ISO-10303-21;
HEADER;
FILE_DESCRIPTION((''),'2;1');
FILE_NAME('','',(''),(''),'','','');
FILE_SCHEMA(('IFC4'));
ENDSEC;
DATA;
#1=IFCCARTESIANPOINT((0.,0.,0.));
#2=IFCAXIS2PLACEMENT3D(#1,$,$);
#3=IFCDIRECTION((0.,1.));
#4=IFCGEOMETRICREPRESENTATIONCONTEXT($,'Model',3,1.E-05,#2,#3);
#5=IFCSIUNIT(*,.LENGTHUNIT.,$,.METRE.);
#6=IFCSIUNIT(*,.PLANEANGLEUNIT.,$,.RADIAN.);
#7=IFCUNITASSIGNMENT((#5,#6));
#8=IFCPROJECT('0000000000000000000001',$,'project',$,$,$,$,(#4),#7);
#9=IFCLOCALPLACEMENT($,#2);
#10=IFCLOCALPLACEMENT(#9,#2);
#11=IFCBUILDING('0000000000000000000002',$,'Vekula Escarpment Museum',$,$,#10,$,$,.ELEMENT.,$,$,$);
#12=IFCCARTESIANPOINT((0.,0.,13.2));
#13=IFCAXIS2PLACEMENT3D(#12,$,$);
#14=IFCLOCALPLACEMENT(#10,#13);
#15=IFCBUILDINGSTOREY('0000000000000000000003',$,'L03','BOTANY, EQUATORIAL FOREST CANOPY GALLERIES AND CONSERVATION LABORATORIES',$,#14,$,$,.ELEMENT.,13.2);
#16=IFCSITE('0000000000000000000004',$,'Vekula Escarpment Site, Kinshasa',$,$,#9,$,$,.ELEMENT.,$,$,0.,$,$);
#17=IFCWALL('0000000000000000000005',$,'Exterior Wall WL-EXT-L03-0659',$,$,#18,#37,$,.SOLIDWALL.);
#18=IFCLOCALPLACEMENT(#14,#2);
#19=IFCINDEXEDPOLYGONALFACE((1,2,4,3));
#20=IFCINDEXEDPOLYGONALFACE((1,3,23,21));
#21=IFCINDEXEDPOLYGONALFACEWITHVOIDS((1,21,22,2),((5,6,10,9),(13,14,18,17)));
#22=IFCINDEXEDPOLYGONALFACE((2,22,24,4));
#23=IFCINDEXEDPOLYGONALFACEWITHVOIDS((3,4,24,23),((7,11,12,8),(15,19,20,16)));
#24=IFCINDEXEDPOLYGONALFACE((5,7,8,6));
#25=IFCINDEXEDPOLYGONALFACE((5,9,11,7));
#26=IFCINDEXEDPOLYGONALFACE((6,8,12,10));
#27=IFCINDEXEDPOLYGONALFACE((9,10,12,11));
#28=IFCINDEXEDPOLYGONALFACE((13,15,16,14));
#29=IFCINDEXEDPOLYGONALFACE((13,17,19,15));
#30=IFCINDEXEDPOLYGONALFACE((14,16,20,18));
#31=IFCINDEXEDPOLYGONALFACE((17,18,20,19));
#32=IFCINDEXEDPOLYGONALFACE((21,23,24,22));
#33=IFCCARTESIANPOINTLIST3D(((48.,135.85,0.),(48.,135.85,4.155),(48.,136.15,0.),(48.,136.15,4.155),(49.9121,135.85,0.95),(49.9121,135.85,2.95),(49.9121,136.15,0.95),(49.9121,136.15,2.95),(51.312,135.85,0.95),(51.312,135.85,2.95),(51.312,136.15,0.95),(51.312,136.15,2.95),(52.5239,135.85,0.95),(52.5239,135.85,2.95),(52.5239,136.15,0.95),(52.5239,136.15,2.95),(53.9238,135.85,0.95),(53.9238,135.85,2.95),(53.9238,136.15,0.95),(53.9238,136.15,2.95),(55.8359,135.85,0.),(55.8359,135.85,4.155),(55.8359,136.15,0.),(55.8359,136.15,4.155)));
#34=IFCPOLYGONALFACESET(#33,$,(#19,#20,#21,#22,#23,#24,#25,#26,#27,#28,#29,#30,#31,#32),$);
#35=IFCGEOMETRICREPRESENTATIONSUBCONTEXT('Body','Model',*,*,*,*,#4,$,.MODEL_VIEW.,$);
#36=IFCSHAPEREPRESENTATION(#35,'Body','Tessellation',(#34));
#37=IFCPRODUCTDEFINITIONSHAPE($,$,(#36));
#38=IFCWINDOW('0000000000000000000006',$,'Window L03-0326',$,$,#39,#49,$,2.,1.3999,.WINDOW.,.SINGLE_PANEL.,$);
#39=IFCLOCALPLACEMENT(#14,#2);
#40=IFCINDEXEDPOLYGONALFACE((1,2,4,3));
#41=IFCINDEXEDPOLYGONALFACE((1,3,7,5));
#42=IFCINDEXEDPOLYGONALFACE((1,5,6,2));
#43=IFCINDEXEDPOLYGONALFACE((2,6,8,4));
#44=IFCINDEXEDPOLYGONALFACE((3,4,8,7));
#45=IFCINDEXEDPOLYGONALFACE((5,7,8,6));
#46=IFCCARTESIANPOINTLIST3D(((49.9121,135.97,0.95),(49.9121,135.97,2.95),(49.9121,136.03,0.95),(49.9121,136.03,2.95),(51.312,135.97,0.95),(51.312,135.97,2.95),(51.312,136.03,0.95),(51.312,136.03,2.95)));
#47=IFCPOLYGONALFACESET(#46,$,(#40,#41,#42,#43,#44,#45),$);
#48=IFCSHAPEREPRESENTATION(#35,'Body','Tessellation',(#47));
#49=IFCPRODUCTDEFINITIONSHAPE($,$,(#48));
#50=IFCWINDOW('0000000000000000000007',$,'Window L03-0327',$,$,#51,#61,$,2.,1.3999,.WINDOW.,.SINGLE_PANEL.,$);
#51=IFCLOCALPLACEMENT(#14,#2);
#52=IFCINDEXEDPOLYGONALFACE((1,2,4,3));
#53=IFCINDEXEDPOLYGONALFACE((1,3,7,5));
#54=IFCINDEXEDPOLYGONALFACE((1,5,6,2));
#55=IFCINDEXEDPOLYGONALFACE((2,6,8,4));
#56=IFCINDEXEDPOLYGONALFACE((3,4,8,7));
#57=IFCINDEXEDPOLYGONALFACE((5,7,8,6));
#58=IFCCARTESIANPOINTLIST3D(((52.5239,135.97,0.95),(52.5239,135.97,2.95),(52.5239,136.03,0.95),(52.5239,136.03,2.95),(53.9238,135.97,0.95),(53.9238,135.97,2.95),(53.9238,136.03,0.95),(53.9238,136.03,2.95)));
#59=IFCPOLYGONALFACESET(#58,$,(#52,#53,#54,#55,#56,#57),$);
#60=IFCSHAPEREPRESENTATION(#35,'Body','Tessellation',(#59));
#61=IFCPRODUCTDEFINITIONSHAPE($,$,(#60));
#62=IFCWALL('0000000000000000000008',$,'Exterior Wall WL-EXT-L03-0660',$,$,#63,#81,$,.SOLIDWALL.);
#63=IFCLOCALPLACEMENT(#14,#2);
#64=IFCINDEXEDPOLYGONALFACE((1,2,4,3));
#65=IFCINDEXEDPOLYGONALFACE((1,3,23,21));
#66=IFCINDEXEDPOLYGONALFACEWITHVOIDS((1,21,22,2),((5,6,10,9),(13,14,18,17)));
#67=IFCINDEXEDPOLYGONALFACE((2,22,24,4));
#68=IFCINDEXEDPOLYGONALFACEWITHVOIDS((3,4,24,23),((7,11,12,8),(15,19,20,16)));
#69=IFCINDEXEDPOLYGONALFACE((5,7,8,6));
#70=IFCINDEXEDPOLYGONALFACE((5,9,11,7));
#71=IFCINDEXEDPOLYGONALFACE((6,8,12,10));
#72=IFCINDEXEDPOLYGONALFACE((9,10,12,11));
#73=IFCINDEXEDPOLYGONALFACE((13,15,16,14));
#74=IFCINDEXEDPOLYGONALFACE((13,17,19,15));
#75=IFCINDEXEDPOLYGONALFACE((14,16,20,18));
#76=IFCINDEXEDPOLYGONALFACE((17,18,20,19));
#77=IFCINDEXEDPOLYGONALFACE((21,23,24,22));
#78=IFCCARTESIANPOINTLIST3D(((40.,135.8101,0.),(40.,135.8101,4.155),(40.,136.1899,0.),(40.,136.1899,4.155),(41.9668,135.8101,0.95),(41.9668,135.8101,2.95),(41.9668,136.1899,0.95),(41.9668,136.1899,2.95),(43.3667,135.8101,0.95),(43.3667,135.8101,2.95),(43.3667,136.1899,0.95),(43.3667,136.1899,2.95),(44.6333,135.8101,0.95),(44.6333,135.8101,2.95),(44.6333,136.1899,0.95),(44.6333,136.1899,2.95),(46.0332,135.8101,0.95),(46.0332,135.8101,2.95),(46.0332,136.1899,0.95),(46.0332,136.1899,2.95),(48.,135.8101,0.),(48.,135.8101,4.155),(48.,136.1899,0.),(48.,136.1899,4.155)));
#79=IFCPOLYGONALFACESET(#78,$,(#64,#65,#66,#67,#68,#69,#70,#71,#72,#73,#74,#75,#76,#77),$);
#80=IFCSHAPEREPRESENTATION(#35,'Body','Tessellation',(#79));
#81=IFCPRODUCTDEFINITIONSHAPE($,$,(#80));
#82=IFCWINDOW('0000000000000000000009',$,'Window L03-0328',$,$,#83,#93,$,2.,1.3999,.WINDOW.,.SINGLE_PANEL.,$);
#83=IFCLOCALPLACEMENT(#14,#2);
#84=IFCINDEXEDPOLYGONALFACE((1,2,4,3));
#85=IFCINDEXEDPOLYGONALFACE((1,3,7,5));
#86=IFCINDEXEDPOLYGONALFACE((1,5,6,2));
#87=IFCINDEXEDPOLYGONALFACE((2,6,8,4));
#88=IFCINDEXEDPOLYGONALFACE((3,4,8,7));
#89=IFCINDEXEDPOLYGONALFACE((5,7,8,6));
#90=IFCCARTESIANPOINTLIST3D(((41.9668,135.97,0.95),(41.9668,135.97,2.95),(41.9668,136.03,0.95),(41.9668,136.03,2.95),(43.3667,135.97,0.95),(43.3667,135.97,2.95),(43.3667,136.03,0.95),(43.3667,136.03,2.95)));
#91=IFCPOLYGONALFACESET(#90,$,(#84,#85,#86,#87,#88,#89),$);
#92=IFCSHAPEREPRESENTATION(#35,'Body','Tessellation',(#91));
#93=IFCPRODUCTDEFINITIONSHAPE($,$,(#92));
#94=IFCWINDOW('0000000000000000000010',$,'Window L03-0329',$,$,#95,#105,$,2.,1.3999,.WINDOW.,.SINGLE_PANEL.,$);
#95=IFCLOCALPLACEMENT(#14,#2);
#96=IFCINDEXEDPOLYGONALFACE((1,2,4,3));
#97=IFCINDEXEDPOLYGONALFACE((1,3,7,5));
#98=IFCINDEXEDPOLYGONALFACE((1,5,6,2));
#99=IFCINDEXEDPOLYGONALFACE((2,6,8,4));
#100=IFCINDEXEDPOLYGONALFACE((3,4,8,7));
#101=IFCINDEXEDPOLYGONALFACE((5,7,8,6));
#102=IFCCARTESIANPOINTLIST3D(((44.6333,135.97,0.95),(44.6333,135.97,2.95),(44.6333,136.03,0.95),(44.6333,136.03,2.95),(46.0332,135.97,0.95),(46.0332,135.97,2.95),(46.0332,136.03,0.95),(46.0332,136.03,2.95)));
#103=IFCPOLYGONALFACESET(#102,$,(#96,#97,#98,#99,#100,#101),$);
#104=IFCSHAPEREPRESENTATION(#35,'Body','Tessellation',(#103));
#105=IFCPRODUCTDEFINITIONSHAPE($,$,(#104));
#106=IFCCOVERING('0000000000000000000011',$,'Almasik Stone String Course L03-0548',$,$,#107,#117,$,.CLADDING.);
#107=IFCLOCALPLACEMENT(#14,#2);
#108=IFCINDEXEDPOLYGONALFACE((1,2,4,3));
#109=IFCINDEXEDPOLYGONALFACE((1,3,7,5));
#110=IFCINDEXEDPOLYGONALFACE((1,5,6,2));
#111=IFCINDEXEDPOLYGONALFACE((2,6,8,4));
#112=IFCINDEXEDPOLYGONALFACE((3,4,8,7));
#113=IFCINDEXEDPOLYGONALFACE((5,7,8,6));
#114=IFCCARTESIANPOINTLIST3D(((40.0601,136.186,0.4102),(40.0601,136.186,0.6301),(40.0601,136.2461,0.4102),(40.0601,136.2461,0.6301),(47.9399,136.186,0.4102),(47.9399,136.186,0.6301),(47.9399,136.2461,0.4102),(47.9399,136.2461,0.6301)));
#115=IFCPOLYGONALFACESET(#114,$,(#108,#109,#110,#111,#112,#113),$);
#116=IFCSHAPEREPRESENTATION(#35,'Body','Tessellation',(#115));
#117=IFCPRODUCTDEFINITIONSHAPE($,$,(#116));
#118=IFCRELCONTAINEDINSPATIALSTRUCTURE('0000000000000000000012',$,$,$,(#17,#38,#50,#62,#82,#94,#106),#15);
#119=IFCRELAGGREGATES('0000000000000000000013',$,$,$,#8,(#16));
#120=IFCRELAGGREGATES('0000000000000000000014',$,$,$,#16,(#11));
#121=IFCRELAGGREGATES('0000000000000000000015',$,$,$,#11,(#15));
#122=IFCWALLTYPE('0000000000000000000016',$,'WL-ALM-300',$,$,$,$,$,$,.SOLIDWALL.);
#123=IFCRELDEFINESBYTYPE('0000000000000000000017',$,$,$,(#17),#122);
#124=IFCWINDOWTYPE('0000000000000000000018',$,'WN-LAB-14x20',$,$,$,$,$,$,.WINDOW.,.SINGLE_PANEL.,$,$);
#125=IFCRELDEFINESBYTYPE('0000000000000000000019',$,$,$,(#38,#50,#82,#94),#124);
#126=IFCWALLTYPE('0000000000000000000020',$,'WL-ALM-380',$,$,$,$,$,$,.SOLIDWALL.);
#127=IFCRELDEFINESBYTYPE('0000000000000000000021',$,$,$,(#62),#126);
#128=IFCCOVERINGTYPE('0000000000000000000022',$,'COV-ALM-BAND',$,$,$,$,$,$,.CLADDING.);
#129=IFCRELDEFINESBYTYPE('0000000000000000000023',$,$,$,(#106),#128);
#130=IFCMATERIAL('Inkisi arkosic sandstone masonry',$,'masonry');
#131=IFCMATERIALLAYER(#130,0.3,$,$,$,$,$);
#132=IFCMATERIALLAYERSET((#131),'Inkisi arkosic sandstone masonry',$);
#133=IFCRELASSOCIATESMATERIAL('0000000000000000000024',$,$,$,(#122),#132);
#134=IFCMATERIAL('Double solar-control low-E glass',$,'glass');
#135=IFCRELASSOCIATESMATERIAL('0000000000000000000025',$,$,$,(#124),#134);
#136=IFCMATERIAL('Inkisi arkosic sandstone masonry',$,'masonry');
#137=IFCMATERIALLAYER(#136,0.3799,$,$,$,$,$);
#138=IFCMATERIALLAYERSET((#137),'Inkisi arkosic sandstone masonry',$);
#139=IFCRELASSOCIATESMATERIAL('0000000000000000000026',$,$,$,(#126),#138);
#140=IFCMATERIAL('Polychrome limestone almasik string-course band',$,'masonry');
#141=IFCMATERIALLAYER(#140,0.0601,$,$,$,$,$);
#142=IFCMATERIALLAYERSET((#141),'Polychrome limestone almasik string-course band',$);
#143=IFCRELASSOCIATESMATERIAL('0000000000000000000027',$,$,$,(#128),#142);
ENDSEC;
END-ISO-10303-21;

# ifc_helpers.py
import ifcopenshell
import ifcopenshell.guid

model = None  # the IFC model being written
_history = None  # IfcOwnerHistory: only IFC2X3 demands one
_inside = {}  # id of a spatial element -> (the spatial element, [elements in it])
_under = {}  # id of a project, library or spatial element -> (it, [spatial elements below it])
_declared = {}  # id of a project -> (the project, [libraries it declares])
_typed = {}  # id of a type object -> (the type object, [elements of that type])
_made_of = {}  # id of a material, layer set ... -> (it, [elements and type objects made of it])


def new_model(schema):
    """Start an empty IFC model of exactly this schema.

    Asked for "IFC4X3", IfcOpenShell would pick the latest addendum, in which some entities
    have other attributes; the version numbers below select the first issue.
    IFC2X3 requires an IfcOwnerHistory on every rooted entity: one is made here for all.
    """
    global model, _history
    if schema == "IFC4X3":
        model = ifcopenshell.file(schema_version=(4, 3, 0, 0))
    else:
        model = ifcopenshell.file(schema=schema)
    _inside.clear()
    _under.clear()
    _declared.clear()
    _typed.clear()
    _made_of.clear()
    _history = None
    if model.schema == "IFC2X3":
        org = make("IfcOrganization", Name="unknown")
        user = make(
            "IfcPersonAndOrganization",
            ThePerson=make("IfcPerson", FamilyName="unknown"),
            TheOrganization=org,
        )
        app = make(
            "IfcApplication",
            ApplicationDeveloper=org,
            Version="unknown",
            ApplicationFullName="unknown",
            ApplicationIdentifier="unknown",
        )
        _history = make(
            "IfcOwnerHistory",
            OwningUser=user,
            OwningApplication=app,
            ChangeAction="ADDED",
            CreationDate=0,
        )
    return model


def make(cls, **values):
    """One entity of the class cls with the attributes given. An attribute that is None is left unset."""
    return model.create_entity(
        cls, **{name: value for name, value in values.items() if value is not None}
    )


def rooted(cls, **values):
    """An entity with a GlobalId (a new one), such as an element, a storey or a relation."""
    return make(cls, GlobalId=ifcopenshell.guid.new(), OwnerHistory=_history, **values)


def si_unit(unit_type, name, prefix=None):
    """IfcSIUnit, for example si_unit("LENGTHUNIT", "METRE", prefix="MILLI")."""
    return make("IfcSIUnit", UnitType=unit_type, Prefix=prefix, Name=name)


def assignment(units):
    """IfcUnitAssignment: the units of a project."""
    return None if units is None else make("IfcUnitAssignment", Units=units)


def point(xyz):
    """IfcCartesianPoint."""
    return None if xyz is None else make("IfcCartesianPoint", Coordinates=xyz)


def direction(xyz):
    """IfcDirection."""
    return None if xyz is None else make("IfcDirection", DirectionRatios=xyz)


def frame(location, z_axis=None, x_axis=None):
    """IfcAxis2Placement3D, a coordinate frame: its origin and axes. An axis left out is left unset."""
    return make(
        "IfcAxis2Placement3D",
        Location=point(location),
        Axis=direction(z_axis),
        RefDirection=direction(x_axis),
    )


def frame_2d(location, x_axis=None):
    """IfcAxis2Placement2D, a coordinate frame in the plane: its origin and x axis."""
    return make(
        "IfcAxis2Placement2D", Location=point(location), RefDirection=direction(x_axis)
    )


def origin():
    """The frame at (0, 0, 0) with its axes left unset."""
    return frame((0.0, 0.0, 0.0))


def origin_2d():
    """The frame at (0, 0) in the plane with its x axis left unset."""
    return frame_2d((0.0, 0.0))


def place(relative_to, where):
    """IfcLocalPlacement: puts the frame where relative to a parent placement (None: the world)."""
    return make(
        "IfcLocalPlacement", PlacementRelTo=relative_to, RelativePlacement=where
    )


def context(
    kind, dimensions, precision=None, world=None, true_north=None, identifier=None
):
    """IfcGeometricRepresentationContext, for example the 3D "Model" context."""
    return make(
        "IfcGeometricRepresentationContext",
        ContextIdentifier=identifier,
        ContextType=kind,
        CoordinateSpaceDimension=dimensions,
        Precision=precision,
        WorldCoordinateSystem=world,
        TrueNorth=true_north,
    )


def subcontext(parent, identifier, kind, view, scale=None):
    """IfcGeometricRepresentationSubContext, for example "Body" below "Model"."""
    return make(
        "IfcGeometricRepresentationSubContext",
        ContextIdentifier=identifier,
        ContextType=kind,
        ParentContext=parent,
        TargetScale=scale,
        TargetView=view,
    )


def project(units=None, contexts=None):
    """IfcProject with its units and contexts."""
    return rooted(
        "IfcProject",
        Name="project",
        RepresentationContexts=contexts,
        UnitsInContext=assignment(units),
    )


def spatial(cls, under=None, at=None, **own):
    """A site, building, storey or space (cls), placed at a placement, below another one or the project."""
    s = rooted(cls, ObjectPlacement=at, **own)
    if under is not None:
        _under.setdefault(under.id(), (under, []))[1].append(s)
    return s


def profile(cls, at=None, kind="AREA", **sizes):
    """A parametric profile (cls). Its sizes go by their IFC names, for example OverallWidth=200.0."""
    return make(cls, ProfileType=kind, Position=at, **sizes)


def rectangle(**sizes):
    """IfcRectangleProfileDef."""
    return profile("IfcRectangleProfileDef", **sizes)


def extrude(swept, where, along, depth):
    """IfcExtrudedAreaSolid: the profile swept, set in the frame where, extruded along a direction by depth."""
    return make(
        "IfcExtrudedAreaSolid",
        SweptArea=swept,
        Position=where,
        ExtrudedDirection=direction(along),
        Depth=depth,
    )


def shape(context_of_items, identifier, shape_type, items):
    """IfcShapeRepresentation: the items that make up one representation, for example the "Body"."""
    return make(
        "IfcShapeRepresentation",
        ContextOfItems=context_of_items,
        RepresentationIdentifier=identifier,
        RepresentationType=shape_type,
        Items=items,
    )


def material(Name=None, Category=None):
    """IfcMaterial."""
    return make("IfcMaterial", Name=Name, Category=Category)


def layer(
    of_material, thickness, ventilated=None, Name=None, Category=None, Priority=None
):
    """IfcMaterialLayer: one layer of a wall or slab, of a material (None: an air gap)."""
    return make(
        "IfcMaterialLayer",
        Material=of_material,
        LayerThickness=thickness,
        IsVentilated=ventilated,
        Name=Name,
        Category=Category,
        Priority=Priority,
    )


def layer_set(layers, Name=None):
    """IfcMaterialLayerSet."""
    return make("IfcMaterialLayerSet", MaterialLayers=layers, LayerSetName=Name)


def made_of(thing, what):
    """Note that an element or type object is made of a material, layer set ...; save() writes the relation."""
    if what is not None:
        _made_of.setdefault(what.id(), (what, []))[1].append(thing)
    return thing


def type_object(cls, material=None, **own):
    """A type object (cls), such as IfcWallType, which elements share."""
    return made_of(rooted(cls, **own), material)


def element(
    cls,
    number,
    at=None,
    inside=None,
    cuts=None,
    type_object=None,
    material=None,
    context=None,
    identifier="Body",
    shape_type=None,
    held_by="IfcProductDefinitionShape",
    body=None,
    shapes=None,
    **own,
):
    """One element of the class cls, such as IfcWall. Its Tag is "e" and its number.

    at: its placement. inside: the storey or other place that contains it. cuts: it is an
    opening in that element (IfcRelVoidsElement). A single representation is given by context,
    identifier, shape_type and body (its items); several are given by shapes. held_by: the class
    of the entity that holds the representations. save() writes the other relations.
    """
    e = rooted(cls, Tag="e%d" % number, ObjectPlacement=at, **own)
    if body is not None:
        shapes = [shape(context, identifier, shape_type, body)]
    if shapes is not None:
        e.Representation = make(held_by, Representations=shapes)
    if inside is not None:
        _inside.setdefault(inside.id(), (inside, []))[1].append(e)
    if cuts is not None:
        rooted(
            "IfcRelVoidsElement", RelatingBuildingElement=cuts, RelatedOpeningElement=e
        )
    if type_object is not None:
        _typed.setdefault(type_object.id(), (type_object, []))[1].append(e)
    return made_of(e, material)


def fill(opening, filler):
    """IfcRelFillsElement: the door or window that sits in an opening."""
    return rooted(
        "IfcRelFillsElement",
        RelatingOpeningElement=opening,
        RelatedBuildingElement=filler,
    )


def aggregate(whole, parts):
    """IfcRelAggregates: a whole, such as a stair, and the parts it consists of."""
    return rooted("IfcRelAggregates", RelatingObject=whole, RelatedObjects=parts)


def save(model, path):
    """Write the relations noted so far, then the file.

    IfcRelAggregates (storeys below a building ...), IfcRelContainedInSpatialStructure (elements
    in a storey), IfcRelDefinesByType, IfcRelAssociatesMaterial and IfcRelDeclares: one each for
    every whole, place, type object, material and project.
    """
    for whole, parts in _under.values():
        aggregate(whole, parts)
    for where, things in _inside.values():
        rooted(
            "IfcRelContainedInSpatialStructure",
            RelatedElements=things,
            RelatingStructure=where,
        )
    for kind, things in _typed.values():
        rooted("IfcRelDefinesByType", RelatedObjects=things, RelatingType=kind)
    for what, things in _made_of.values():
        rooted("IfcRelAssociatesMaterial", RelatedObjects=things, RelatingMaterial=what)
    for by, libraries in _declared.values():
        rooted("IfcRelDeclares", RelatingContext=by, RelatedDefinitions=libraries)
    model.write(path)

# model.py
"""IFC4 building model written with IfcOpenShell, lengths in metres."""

from ifc_helpers import new_model, si_unit, direction, frame, frame_2d, origin, origin_2d, place, context, subcontext, project, spatial, rectangle, extrude, material, layer, layer_set, type_object, element, fill, save


model = new_model("IFC4")

# Units and contexts
model_context = context("Model", 3, precision=1e-05, world=origin(), true_north=direction((0.0, 1.0)))
body_context = subcontext(model_context, "Body", "Model", "MODEL_VIEW")
ifc_project = project(units=[si_unit("LENGTHUNIT", "METRE"), si_unit("PLANEANGLEUNIT", "RADIAN")], contexts=[model_context])

# Site, building, storey
site_placement = place(None, origin())
site = spatial("IfcSite", under=ifc_project, at=site_placement, Name="Vekula Escarpment Site, Kinshasa", CompositionType="ELEMENT", RefElevation=0.0)
building_placement = place(site_placement, origin())
building = spatial("IfcBuilding", under=site, at=building_placement, Name="Vekula Escarpment Museum", CompositionType="ELEMENT")
storey_placement = place(building_placement, frame((0.0, 0.0, 13.2)))
storey = spatial("IfcBuildingStorey", under=building, at=storey_placement, Name="L03", Description="BOTANY, EQUATORIAL FOREST CANOPY GALLERIES AND CONSERVATION LABORATORIES", CompositionType="ELEMENT", Elevation=13.2)

# Walls, openings, windows
ifc_material_1 = material(Name="Inkisi arkosic sandstone masonry", Category="masonry")
ifc_layer_1 = layer(ifc_material_1, 0.3)
ifc_layer_set_1 = layer_set([ifc_layer_1], Name="Inkisi arkosic sandstone masonry")
wall_type_1 = type_object("IfcWallType", Name="WL-ALM-300", PredefinedType="SOLIDWALL", material=ifc_layer_set_1)
wall_1_placement = place(storey_placement, frame((48.0, 136.0, 0.0), z_axis=(0.0, 0.0, 1.0), x_axis=(1.0, 0.0, 0.0)))
wall_1 = element("IfcWall", 1, at=wall_1_placement, inside=storey, type_object=wall_type_1, Name="Exterior Wall WL-EXT-L03-0659", PredefinedType="SOLIDWALL", context=body_context, shape_type="SweptSolid", body=[
    extrude(rectangle(XDim=7.8359, YDim=0.3, at=frame_2d((3.918, 0.0))), origin(), (0.0, 0.0, 1.0), 4.155),
])
opening_1_placement = place(wall_1_placement, frame((1.9121, 0.0, 0.95)))
opening_1 = element("IfcOpeningElement", 2, at=opening_1_placement, cuts=wall_1, PredefinedType="OPENING", context=body_context, shape_type="SweptSolid", body=[
    extrude(rectangle(XDim=1.3999, YDim=2.0, at=frame_2d((0.7, 1.0))), frame((0.0, 0.1599, 0.0), z_axis=(0.0, -1.0, 0.0), x_axis=(1.0, 0.0, 0.0)), (0.0, 0.0, 1.0), 0.3201),
])
opening_2_placement = place(wall_1_placement, frame((4.5239, 0.0, 0.95)))
opening_2 = element("IfcOpeningElement", 3, at=opening_2_placement, cuts=wall_1, PredefinedType="OPENING", context=body_context, shape_type="SweptSolid", body=[
    extrude(rectangle(XDim=1.3999, YDim=2.0, at=frame_2d((0.7, 1.0))), frame((0.0, 0.1599, 0.0), z_axis=(0.0, -1.0, 0.0), x_axis=(1.0, 0.0, 0.0)), (0.0, 0.0, 1.0), 0.3201),
])
ifc_material_2 = material(Name="Double solar-control low-E glass", Category="glass")
window_type = type_object("IfcWindowType", Name="WN-LAB-14x20", PartitioningType="SINGLE_PANEL", PredefinedType="WINDOW", material=ifc_material_2)
window_1_placement = place(opening_1_placement, origin())
window_1 = element("IfcWindow", 4, at=window_1_placement, inside=storey, type_object=window_type, Name="Window L03-0326", OverallHeight=2.0, OverallWidth=1.3999, PartitioningType="SINGLE_PANEL", PredefinedType="WINDOW", context=body_context, shape_type="SweptSolid", body=[
    extrude(rectangle(XDim=1.3999, YDim=2.0, at=frame_2d((0.7, 1.0))), frame((0.0, 0.03, 0.0), z_axis=(0.0, -1.0, 0.0), x_axis=(1.0, 0.0, 0.0)), (0.0, 0.0, 1.0), 0.0601),
])
fill(opening_1, window_1)
window_2_placement = place(opening_2_placement, origin())
window_2 = element("IfcWindow", 5, at=window_2_placement, inside=storey, type_object=window_type, Name="Window L03-0327", OverallHeight=2.0, OverallWidth=1.3999, PartitioningType="SINGLE_PANEL", PredefinedType="WINDOW", context=body_context, shape_type="SweptSolid", body=[
    extrude(rectangle(XDim=1.3999, YDim=2.0, at=frame_2d((0.7, 1.0))), frame((0.0, 0.03, 0.0), z_axis=(0.0, -1.0, 0.0), x_axis=(1.0, 0.0, 0.0)), (0.0, 0.0, 1.0), 0.0601),
])
fill(opening_2, window_2)
ifc_material_3 = material(Name="Inkisi arkosic sandstone masonry", Category="masonry")
ifc_layer_2 = layer(ifc_material_3, 0.3799)
ifc_layer_set_2 = layer_set([ifc_layer_2], Name="Inkisi arkosic sandstone masonry")
wall_type_2 = type_object("IfcWallType", Name="WL-ALM-380", PredefinedType="SOLIDWALL", material=ifc_layer_set_2)
wall_2_placement = place(storey_placement, frame((40.0, 136.0, 0.0), z_axis=(0.0, 0.0, 1.0), x_axis=(1.0, 0.0, 0.0)))
wall_2 = element("IfcWall", 6, at=wall_2_placement, inside=storey, type_object=wall_type_2, Name="Exterior Wall WL-EXT-L03-0660", PredefinedType="SOLIDWALL", context=body_context, shape_type="SweptSolid", body=[
    extrude(rectangle(XDim=8.0, YDim=0.3799, at=frame_2d((4.0, 0.0))), origin(), (0.0, 0.0, 1.0), 4.155),
])
opening_3_placement = place(wall_2_placement, frame((1.9668, 0.0, 0.95)))
opening_3 = element("IfcOpeningElement", 7, at=opening_3_placement, cuts=wall_2, PredefinedType="OPENING", context=body_context, shape_type="SweptSolid", body=[
    extrude(rectangle(XDim=1.3999, YDim=2.0, at=frame_2d((0.7, 1.0))), frame((0.0, 0.2, 0.0), z_axis=(0.0, -1.0, 0.0), x_axis=(1.0, 0.0, 0.0)), (0.0, 0.0, 1.0), 0.3999),
])
opening_4_placement = place(wall_2_placement, frame((4.6333, 0.0, 0.95)))
opening_4 = element("IfcOpeningElement", 8, at=opening_4_placement, cuts=wall_2, PredefinedType="OPENING", context=body_context, shape_type="SweptSolid", body=[
    extrude(rectangle(XDim=1.3999, YDim=2.0, at=frame_2d((0.7, 1.0))), frame((0.0, 0.2, 0.0), z_axis=(0.0, -1.0, 0.0), x_axis=(1.0, 0.0, 0.0)), (0.0, 0.0, 1.0), 0.3999),
])
window_3_placement = place(opening_3_placement, origin())
window_3 = element("IfcWindow", 9, at=window_3_placement, inside=storey, type_object=window_type, Name="Window L03-0328", OverallHeight=2.0, OverallWidth=1.3999, PartitioningType="SINGLE_PANEL", PredefinedType="WINDOW", context=body_context, shape_type="SweptSolid", body=[
    extrude(rectangle(XDim=1.3999, YDim=2.0, at=frame_2d((0.7, 1.0))), frame((0.0, 0.03, 0.0), z_axis=(0.0, -1.0, 0.0), x_axis=(1.0, 0.0, 0.0)), (0.0, 0.0, 1.0), 0.0601),
])
fill(opening_3, window_3)
window_4_placement = place(opening_4_placement, origin())
window_4 = element("IfcWindow", 10, at=window_4_placement, inside=storey, type_object=window_type, Name="Window L03-0329", OverallHeight=2.0, OverallWidth=1.3999, PartitioningType="SINGLE_PANEL", PredefinedType="WINDOW", context=body_context, shape_type="SweptSolid", body=[
    extrude(rectangle(XDim=1.3999, YDim=2.0, at=frame_2d((0.7, 1.0))), frame((0.0, 0.03, 0.0), z_axis=(0.0, -1.0, 0.0), x_axis=(1.0, 0.0, 0.0)), (0.0, 0.0, 1.0), 0.0601),
])
fill(opening_4, window_4)

# Covering
ifc_material_4 = material(Name="Polychrome limestone almasik string-course band", Category="masonry")
ifc_layer_3 = layer(ifc_material_4, 0.0601)
ifc_layer_set_3 = layer_set([ifc_layer_3], Name="Polychrome limestone almasik string-course band")
covering_type = type_object("IfcCoveringType", Name="COV-ALM-BAND", PredefinedType="CLADDING", material=ifc_layer_set_3)
covering_placement = place(storey_placement, frame((44.0, 136.2161, 0.4102), z_axis=(0.0, 0.0, 1.0), x_axis=(1.0, 0.0, 0.0)))
element("IfcCovering", 11, at=covering_placement, inside=storey, type_object=covering_type, Name="Almasik Stone String Course L03-0548", PredefinedType="CLADDING", context=body_context, shape_type="SweptSolid", body=[
    extrude(rectangle(XDim=7.8799, YDim=0.0601, at=origin_2d()), origin(), (0.0, 0.0, 1.0), 0.22),
])

save(model, "model.ifc")
